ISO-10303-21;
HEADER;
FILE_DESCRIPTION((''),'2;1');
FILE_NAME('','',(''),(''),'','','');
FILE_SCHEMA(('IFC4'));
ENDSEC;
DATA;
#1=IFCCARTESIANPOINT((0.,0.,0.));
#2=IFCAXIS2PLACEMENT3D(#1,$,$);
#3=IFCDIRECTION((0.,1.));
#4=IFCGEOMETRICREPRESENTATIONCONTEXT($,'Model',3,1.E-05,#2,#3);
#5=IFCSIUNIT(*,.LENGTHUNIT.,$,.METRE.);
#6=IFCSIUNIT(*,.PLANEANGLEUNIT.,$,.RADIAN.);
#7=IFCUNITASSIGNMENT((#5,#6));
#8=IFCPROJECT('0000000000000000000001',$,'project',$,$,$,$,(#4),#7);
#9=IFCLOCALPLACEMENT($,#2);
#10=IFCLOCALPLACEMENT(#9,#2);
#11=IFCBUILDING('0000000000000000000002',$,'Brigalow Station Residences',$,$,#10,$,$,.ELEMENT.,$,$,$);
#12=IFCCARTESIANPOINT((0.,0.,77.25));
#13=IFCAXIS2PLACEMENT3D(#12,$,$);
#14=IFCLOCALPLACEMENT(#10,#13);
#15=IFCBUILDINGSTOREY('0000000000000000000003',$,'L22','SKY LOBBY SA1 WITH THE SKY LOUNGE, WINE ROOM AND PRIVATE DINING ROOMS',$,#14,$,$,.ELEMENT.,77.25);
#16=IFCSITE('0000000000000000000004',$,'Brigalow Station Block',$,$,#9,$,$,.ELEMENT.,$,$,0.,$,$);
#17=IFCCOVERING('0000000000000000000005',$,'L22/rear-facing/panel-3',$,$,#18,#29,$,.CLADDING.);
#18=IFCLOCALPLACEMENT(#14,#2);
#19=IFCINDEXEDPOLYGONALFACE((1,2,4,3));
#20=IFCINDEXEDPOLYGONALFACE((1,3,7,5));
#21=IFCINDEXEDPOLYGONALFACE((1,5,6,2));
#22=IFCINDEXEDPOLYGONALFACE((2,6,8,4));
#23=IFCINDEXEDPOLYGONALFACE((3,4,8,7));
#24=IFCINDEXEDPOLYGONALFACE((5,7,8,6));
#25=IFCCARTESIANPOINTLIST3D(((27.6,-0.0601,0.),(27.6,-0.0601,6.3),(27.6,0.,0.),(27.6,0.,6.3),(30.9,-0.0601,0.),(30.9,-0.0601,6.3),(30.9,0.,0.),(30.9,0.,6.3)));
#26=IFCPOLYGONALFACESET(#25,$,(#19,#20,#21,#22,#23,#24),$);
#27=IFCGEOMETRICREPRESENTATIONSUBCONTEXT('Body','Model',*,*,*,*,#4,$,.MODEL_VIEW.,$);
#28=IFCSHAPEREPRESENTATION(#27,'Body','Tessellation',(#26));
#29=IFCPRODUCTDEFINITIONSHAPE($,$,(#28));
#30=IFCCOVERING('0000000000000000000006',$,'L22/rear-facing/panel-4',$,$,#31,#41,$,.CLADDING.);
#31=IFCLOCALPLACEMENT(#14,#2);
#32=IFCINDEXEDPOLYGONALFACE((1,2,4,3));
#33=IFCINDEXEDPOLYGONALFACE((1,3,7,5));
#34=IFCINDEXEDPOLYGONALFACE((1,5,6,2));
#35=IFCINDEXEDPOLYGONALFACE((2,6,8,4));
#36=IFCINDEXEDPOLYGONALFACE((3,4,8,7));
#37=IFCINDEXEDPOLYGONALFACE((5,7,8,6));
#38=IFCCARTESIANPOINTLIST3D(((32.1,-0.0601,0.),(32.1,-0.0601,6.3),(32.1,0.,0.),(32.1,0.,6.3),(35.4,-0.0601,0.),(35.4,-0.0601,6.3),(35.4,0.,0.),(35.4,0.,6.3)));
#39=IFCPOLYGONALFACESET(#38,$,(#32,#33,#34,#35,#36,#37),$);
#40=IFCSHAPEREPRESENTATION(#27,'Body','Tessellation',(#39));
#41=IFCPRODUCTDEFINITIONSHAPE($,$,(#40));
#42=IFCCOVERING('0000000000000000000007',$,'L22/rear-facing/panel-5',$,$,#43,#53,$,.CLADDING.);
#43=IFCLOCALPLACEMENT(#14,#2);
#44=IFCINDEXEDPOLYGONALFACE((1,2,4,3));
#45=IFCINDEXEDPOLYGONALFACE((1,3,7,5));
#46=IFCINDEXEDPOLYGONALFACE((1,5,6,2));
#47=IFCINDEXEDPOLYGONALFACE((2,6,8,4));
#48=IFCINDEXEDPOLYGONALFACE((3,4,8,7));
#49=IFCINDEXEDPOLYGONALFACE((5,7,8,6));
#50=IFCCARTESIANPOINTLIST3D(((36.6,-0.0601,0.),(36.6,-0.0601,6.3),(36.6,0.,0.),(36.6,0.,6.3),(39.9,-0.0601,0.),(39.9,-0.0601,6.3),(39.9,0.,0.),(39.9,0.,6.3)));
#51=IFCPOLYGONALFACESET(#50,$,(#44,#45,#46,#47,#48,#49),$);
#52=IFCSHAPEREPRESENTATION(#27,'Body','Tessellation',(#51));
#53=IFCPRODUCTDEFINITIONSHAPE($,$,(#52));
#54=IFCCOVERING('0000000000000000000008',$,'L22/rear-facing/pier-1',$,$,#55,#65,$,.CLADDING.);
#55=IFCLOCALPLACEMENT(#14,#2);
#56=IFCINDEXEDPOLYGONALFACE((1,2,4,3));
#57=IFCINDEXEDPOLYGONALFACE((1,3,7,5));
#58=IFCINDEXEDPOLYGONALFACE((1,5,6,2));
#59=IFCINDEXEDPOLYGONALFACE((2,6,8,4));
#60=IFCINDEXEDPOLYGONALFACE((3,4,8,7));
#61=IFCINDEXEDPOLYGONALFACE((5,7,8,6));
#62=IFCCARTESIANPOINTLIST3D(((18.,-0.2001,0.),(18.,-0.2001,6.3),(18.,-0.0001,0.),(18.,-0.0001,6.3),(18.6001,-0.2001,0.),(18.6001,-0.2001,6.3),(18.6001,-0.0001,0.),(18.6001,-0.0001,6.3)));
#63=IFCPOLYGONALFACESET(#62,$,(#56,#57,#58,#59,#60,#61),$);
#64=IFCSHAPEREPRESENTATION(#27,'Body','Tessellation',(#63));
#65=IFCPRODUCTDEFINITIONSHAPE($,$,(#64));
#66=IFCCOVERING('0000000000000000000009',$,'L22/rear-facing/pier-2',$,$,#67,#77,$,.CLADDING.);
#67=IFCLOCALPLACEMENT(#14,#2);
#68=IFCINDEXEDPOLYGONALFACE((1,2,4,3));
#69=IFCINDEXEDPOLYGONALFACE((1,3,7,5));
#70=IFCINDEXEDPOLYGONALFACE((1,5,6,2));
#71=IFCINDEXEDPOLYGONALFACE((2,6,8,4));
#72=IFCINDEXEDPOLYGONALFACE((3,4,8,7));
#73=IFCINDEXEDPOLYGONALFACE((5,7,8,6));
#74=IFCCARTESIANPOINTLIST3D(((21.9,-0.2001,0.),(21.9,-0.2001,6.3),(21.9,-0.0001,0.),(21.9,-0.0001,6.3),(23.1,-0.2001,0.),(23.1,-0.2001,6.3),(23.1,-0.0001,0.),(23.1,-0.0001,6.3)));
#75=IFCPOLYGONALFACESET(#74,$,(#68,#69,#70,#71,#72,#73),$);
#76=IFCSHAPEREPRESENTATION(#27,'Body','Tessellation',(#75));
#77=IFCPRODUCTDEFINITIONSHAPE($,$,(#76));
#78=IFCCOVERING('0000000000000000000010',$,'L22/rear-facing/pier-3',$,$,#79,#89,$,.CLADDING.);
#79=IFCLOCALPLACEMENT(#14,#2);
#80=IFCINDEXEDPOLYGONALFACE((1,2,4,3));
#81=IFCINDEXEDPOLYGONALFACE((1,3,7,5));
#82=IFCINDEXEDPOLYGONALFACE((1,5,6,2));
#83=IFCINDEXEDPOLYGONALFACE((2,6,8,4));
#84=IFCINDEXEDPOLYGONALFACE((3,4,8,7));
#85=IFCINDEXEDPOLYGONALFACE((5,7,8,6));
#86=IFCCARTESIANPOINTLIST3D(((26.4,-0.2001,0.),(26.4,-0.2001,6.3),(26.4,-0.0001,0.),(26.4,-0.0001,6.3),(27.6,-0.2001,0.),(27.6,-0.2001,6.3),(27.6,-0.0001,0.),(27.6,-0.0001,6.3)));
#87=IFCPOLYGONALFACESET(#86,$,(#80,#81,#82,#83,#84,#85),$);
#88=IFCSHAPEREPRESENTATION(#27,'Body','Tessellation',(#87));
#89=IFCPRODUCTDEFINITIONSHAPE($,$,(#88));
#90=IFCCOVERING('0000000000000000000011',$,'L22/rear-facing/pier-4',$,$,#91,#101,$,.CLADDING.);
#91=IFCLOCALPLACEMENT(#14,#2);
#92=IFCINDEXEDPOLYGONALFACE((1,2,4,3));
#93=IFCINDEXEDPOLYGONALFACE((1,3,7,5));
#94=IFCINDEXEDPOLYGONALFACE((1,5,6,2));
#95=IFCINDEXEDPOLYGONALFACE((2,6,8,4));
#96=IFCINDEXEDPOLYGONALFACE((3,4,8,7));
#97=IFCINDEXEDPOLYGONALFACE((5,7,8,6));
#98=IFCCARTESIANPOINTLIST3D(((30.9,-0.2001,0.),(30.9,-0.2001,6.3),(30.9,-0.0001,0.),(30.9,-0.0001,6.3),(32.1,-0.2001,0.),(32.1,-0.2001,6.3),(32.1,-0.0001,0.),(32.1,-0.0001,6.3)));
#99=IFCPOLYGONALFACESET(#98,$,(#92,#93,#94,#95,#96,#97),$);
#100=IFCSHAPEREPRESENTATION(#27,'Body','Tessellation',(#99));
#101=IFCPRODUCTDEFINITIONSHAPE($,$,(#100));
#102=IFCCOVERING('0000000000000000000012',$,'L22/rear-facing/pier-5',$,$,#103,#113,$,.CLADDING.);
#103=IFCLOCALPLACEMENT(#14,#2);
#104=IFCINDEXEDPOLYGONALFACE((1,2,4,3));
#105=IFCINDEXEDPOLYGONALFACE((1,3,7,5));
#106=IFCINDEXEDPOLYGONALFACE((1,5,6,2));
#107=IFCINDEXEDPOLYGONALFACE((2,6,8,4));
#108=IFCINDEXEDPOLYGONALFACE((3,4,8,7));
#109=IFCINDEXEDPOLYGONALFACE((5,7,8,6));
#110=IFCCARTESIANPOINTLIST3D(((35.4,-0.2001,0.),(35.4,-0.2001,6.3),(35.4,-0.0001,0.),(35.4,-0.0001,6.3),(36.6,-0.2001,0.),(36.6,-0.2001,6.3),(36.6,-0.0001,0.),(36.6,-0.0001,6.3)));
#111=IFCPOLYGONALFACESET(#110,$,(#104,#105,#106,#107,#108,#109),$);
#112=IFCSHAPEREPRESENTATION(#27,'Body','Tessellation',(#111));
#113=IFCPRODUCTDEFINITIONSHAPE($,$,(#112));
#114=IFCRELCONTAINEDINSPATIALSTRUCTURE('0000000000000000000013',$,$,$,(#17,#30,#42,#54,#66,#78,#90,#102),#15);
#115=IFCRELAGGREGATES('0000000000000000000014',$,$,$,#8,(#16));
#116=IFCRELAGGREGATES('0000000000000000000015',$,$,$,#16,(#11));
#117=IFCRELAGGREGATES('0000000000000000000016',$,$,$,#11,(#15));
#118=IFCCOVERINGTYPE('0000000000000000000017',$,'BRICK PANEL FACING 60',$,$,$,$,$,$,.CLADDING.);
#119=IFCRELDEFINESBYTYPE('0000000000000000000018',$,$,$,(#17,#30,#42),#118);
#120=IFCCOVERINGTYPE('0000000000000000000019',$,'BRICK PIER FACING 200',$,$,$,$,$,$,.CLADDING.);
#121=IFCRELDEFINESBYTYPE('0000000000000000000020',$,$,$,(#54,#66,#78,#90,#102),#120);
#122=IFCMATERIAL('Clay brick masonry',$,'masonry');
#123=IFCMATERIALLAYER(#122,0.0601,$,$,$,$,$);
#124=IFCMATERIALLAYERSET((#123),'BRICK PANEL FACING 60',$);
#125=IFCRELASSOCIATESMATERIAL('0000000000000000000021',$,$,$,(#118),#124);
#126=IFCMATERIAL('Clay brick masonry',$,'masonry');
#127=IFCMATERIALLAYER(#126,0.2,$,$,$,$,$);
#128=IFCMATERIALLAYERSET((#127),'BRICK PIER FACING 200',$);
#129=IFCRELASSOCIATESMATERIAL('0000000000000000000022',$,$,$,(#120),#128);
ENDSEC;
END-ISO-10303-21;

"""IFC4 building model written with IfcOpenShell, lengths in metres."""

from ifc_helpers import new_model, si_unit, direction, frame, origin, origin_2d, place, context, subcontext, project, spatial, rectangle, extrude, material, layer, layer_set, type_object, element, save


model = new_model("IFC4")

# Units and contexts
model_context = context("Model", 3, precision=1e-05, world=origin(), true_north=direction((0.0, 1.0)))
body_context = subcontext(model_context, "Body", "Model", "MODEL_VIEW")
ifc_project = project(units=[si_unit("LENGTHUNIT", "METRE"), si_unit("PLANEANGLEUNIT", "RADIAN")], contexts=[model_context])

# Site, building, storey
site_placement = place(None, origin())
site = spatial("IfcSite", under=ifc_project, at=site_placement, Name="Brigalow Station Block", CompositionType="ELEMENT", RefElevation=0.0)
building_placement = place(site_placement, origin())
building = spatial("IfcBuilding", under=site, at=building_placement, Name="Brigalow Station Residences", CompositionType="ELEMENT")
storey_placement = place(building_placement, frame((0.0, 0.0, 77.25)))
storey = spatial("IfcBuildingStorey", under=building, at=storey_placement, Name="L22", Description="SKY LOBBY SA1 WITH THE SKY LOUNGE, WINE ROOM AND PRIVATE DINING ROOMS", CompositionType="ELEMENT", Elevation=77.25)

# Coverings
ifc_material_1 = material(Name="Clay brick masonry", Category="masonry")
ifc_layer_1 = layer(ifc_material_1, 0.0601)
ifc_layer_set_1 = layer_set([ifc_layer_1], Name="BRICK PANEL FACING 60")
covering_type_1 = type_object("IfcCoveringType", Name="BRICK PANEL FACING 60", PredefinedType="CLADDING", material=ifc_layer_set_1)
for number, where, z_axis, x_axis, name in (
    (1, (29.25, -0.03, 0.0), (0.0, 0.0, 1.0), (1.0, 0.0, 0.0), "L22/rear-facing/panel-3"),
    (2, (33.75, -0.03, 0.0), (0.0, 0.0, 1.0), (1.0, 0.0, 0.0), "L22/rear-facing/panel-4"),
    (3, (38.25, -0.03, 0.0), (0.0, 0.0, 1.0), (1.0, 0.0, 0.0), "L22/rear-facing/panel-5"),
):
    element("IfcCovering", number, at=place(storey_placement, frame(where, z_axis=z_axis, x_axis=x_axis)), inside=storey, type_object=covering_type_1, Name=name, PredefinedType="CLADDING", context=body_context, shape_type="SweptSolid", body=[
        extrude(rectangle(XDim=3.3, YDim=0.0601, at=origin_2d()), origin(), (0.0, 0.0, 1.0), 6.3),
    ])
ifc_material_2 = material(Name="Clay brick masonry", Category="masonry")
ifc_layer_2 = layer(ifc_material_2, 0.2)
ifc_layer_set_2 = layer_set([ifc_layer_2], Name="BRICK PIER FACING 200")
covering_type_2 = type_object("IfcCoveringType", Name="BRICK PIER FACING 200", PredefinedType="CLADDING", material=ifc_layer_set_2)
covering_placement = place(storey_placement, frame((18.3, -0.1001, 0.0), z_axis=(0.0, 0.0, 1.0), x_axis=(1.0, 0.0, 0.0)))
element("IfcCovering", 4, at=covering_placement, inside=storey, type_object=covering_type_2, Name="L22/rear-facing/pier-1", PredefinedType="CLADDING", context=body_context, shape_type="SweptSolid", body=[
    extrude(rectangle(XDim=0.6001, YDim=0.2, at=origin_2d()), origin(), (0.0, 0.0, 1.0), 6.3),
])
for number, where, z_axis, x_axis, name in (
    (5, (22.5, -0.1001, 0.0), (0.0, 0.0, 1.0), (1.0, 0.0, 0.0), "L22/rear-facing/pier-2"),
    (6, (27.0, -0.1001, 0.0), (0.0, 0.0, 1.0), (1.0, 0.0, 0.0), "L22/rear-facing/pier-3"),
    (7, (31.5, -0.1001, 0.0), (0.0, 0.0, 1.0), (1.0, 0.0, 0.0), "L22/rear-facing/pier-4"),
    (8, (36.0, -0.1001, 0.0), (0.0, 0.0, 1.0), (1.0, 0.0, 0.0), "L22/rear-facing/pier-5"),
):
    element("IfcCovering", number, at=place(storey_placement, frame(where, z_axis=z_axis, x_axis=x_axis)), inside=storey, type_object=covering_type_2, Name=name, PredefinedType="CLADDING", context=body_context, shape_type="SweptSolid", body=[
        extrude(rectangle(XDim=1.2, YDim=0.2, at=origin_2d()), origin(), (0.0, 0.0, 1.0), 6.3),
    ])

save(model, "model.ifc")
